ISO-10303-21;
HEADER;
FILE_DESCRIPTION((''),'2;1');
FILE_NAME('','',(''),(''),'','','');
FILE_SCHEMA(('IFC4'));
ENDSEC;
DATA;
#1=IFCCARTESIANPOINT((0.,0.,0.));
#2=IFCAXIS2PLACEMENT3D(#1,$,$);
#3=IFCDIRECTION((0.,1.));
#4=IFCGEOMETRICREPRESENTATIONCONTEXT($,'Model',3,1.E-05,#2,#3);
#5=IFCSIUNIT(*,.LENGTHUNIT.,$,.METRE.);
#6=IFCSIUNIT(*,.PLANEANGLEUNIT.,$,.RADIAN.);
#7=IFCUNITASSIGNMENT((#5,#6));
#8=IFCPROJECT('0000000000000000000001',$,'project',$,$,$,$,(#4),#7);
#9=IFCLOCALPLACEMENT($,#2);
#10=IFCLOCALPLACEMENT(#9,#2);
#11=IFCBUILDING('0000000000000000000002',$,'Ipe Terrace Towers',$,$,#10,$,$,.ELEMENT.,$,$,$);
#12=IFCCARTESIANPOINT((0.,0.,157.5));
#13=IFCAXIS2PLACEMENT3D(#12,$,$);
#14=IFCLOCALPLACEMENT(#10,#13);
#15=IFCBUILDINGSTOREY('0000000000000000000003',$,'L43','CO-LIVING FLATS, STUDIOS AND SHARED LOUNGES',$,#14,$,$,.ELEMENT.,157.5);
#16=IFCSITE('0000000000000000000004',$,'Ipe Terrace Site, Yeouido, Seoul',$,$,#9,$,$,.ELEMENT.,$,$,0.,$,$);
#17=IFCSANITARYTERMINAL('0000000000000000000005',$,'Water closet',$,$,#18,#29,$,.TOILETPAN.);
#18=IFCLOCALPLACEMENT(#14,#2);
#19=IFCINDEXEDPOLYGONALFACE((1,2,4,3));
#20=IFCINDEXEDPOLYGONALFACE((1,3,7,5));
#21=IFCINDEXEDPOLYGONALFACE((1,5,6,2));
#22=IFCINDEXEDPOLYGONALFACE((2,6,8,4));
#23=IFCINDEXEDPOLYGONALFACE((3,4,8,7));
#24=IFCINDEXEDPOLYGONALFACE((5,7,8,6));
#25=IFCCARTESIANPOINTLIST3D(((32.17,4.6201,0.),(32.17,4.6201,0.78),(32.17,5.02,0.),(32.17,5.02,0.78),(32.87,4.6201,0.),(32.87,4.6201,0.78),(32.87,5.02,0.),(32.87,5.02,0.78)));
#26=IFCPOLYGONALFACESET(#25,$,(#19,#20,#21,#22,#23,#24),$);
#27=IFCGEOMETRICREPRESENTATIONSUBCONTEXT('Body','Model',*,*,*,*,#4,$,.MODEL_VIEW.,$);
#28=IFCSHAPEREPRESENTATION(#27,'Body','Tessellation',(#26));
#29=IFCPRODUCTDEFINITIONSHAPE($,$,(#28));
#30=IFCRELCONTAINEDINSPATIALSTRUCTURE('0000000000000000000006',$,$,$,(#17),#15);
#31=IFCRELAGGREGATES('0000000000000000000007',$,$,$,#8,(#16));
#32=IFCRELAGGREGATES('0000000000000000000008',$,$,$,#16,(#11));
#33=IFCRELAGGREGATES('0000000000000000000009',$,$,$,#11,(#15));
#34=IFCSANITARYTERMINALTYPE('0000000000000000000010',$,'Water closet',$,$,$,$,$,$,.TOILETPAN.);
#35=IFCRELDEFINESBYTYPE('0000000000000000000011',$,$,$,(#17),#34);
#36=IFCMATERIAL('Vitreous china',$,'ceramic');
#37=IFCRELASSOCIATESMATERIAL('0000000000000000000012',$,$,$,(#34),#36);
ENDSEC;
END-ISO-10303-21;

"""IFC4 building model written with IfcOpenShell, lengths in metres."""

from ifc_helpers import new_model, si_unit, direction, frame, origin, origin_2d, place, context, subcontext, project, spatial, rectangle, extrude, material, type_object, element, save


model = new_model("IFC4")

# Units and contexts
model_context = context("Model", 3, precision=1e-05, world=origin(), true_north=direction((0.0, 1.0)))
body_context = subcontext(model_context, "Body", "Model", "MODEL_VIEW")
ifc_project = project(units=[si_unit("LENGTHUNIT", "METRE"), si_unit("PLANEANGLEUNIT", "RADIAN")], contexts=[model_context])

# Site, building, storey
site_placement = place(None, origin())
site = spatial("IfcSite", under=ifc_project, at=site_placement, Name="Ipe Terrace Site, Yeouido, Seoul", CompositionType="ELEMENT", RefElevation=0.0)
building_placement = place(site_placement, origin())
building = spatial("IfcBuilding", under=site, at=building_placement, Name="Ipe Terrace Towers", CompositionType="ELEMENT")
storey_placement = place(building_placement, frame((0.0, 0.0, 157.5)))
storey = spatial("IfcBuildingStorey", under=building, at=storey_placement, Name="L43", Description="CO-LIVING FLATS, STUDIOS AND SHARED LOUNGES", CompositionType="ELEMENT", Elevation=157.5)

# Sanitary terminal
ifc_material_1 = material(Name="Vitreous china", Category="ceramic")
sanitary_terminal_type_1 = type_object("IfcSanitaryTerminalType", Name="Water closet", PredefinedType="TOILETPAN", material=ifc_material_1)
sanitary_terminal_1_placement = place(storey_placement, frame((32.52, 4.8201, 0.0), z_axis=(0.0, 0.0, 1.0), x_axis=(1.0, 0.0, 0.0)))
element("IfcSanitaryTerminal", 1, at=sanitary_terminal_1_placement, inside=storey, type_object=sanitary_terminal_type_1, Name="Water closet", PredefinedType="TOILETPAN", context=body_context, shape_type="SweptSolid", body=[
    extrude(rectangle(XDim=0.7, YDim=0.3999, at=origin_2d()), origin(), (0.0, 0.0, 1.0), 0.78),
])

save(model, "model.ifc")
